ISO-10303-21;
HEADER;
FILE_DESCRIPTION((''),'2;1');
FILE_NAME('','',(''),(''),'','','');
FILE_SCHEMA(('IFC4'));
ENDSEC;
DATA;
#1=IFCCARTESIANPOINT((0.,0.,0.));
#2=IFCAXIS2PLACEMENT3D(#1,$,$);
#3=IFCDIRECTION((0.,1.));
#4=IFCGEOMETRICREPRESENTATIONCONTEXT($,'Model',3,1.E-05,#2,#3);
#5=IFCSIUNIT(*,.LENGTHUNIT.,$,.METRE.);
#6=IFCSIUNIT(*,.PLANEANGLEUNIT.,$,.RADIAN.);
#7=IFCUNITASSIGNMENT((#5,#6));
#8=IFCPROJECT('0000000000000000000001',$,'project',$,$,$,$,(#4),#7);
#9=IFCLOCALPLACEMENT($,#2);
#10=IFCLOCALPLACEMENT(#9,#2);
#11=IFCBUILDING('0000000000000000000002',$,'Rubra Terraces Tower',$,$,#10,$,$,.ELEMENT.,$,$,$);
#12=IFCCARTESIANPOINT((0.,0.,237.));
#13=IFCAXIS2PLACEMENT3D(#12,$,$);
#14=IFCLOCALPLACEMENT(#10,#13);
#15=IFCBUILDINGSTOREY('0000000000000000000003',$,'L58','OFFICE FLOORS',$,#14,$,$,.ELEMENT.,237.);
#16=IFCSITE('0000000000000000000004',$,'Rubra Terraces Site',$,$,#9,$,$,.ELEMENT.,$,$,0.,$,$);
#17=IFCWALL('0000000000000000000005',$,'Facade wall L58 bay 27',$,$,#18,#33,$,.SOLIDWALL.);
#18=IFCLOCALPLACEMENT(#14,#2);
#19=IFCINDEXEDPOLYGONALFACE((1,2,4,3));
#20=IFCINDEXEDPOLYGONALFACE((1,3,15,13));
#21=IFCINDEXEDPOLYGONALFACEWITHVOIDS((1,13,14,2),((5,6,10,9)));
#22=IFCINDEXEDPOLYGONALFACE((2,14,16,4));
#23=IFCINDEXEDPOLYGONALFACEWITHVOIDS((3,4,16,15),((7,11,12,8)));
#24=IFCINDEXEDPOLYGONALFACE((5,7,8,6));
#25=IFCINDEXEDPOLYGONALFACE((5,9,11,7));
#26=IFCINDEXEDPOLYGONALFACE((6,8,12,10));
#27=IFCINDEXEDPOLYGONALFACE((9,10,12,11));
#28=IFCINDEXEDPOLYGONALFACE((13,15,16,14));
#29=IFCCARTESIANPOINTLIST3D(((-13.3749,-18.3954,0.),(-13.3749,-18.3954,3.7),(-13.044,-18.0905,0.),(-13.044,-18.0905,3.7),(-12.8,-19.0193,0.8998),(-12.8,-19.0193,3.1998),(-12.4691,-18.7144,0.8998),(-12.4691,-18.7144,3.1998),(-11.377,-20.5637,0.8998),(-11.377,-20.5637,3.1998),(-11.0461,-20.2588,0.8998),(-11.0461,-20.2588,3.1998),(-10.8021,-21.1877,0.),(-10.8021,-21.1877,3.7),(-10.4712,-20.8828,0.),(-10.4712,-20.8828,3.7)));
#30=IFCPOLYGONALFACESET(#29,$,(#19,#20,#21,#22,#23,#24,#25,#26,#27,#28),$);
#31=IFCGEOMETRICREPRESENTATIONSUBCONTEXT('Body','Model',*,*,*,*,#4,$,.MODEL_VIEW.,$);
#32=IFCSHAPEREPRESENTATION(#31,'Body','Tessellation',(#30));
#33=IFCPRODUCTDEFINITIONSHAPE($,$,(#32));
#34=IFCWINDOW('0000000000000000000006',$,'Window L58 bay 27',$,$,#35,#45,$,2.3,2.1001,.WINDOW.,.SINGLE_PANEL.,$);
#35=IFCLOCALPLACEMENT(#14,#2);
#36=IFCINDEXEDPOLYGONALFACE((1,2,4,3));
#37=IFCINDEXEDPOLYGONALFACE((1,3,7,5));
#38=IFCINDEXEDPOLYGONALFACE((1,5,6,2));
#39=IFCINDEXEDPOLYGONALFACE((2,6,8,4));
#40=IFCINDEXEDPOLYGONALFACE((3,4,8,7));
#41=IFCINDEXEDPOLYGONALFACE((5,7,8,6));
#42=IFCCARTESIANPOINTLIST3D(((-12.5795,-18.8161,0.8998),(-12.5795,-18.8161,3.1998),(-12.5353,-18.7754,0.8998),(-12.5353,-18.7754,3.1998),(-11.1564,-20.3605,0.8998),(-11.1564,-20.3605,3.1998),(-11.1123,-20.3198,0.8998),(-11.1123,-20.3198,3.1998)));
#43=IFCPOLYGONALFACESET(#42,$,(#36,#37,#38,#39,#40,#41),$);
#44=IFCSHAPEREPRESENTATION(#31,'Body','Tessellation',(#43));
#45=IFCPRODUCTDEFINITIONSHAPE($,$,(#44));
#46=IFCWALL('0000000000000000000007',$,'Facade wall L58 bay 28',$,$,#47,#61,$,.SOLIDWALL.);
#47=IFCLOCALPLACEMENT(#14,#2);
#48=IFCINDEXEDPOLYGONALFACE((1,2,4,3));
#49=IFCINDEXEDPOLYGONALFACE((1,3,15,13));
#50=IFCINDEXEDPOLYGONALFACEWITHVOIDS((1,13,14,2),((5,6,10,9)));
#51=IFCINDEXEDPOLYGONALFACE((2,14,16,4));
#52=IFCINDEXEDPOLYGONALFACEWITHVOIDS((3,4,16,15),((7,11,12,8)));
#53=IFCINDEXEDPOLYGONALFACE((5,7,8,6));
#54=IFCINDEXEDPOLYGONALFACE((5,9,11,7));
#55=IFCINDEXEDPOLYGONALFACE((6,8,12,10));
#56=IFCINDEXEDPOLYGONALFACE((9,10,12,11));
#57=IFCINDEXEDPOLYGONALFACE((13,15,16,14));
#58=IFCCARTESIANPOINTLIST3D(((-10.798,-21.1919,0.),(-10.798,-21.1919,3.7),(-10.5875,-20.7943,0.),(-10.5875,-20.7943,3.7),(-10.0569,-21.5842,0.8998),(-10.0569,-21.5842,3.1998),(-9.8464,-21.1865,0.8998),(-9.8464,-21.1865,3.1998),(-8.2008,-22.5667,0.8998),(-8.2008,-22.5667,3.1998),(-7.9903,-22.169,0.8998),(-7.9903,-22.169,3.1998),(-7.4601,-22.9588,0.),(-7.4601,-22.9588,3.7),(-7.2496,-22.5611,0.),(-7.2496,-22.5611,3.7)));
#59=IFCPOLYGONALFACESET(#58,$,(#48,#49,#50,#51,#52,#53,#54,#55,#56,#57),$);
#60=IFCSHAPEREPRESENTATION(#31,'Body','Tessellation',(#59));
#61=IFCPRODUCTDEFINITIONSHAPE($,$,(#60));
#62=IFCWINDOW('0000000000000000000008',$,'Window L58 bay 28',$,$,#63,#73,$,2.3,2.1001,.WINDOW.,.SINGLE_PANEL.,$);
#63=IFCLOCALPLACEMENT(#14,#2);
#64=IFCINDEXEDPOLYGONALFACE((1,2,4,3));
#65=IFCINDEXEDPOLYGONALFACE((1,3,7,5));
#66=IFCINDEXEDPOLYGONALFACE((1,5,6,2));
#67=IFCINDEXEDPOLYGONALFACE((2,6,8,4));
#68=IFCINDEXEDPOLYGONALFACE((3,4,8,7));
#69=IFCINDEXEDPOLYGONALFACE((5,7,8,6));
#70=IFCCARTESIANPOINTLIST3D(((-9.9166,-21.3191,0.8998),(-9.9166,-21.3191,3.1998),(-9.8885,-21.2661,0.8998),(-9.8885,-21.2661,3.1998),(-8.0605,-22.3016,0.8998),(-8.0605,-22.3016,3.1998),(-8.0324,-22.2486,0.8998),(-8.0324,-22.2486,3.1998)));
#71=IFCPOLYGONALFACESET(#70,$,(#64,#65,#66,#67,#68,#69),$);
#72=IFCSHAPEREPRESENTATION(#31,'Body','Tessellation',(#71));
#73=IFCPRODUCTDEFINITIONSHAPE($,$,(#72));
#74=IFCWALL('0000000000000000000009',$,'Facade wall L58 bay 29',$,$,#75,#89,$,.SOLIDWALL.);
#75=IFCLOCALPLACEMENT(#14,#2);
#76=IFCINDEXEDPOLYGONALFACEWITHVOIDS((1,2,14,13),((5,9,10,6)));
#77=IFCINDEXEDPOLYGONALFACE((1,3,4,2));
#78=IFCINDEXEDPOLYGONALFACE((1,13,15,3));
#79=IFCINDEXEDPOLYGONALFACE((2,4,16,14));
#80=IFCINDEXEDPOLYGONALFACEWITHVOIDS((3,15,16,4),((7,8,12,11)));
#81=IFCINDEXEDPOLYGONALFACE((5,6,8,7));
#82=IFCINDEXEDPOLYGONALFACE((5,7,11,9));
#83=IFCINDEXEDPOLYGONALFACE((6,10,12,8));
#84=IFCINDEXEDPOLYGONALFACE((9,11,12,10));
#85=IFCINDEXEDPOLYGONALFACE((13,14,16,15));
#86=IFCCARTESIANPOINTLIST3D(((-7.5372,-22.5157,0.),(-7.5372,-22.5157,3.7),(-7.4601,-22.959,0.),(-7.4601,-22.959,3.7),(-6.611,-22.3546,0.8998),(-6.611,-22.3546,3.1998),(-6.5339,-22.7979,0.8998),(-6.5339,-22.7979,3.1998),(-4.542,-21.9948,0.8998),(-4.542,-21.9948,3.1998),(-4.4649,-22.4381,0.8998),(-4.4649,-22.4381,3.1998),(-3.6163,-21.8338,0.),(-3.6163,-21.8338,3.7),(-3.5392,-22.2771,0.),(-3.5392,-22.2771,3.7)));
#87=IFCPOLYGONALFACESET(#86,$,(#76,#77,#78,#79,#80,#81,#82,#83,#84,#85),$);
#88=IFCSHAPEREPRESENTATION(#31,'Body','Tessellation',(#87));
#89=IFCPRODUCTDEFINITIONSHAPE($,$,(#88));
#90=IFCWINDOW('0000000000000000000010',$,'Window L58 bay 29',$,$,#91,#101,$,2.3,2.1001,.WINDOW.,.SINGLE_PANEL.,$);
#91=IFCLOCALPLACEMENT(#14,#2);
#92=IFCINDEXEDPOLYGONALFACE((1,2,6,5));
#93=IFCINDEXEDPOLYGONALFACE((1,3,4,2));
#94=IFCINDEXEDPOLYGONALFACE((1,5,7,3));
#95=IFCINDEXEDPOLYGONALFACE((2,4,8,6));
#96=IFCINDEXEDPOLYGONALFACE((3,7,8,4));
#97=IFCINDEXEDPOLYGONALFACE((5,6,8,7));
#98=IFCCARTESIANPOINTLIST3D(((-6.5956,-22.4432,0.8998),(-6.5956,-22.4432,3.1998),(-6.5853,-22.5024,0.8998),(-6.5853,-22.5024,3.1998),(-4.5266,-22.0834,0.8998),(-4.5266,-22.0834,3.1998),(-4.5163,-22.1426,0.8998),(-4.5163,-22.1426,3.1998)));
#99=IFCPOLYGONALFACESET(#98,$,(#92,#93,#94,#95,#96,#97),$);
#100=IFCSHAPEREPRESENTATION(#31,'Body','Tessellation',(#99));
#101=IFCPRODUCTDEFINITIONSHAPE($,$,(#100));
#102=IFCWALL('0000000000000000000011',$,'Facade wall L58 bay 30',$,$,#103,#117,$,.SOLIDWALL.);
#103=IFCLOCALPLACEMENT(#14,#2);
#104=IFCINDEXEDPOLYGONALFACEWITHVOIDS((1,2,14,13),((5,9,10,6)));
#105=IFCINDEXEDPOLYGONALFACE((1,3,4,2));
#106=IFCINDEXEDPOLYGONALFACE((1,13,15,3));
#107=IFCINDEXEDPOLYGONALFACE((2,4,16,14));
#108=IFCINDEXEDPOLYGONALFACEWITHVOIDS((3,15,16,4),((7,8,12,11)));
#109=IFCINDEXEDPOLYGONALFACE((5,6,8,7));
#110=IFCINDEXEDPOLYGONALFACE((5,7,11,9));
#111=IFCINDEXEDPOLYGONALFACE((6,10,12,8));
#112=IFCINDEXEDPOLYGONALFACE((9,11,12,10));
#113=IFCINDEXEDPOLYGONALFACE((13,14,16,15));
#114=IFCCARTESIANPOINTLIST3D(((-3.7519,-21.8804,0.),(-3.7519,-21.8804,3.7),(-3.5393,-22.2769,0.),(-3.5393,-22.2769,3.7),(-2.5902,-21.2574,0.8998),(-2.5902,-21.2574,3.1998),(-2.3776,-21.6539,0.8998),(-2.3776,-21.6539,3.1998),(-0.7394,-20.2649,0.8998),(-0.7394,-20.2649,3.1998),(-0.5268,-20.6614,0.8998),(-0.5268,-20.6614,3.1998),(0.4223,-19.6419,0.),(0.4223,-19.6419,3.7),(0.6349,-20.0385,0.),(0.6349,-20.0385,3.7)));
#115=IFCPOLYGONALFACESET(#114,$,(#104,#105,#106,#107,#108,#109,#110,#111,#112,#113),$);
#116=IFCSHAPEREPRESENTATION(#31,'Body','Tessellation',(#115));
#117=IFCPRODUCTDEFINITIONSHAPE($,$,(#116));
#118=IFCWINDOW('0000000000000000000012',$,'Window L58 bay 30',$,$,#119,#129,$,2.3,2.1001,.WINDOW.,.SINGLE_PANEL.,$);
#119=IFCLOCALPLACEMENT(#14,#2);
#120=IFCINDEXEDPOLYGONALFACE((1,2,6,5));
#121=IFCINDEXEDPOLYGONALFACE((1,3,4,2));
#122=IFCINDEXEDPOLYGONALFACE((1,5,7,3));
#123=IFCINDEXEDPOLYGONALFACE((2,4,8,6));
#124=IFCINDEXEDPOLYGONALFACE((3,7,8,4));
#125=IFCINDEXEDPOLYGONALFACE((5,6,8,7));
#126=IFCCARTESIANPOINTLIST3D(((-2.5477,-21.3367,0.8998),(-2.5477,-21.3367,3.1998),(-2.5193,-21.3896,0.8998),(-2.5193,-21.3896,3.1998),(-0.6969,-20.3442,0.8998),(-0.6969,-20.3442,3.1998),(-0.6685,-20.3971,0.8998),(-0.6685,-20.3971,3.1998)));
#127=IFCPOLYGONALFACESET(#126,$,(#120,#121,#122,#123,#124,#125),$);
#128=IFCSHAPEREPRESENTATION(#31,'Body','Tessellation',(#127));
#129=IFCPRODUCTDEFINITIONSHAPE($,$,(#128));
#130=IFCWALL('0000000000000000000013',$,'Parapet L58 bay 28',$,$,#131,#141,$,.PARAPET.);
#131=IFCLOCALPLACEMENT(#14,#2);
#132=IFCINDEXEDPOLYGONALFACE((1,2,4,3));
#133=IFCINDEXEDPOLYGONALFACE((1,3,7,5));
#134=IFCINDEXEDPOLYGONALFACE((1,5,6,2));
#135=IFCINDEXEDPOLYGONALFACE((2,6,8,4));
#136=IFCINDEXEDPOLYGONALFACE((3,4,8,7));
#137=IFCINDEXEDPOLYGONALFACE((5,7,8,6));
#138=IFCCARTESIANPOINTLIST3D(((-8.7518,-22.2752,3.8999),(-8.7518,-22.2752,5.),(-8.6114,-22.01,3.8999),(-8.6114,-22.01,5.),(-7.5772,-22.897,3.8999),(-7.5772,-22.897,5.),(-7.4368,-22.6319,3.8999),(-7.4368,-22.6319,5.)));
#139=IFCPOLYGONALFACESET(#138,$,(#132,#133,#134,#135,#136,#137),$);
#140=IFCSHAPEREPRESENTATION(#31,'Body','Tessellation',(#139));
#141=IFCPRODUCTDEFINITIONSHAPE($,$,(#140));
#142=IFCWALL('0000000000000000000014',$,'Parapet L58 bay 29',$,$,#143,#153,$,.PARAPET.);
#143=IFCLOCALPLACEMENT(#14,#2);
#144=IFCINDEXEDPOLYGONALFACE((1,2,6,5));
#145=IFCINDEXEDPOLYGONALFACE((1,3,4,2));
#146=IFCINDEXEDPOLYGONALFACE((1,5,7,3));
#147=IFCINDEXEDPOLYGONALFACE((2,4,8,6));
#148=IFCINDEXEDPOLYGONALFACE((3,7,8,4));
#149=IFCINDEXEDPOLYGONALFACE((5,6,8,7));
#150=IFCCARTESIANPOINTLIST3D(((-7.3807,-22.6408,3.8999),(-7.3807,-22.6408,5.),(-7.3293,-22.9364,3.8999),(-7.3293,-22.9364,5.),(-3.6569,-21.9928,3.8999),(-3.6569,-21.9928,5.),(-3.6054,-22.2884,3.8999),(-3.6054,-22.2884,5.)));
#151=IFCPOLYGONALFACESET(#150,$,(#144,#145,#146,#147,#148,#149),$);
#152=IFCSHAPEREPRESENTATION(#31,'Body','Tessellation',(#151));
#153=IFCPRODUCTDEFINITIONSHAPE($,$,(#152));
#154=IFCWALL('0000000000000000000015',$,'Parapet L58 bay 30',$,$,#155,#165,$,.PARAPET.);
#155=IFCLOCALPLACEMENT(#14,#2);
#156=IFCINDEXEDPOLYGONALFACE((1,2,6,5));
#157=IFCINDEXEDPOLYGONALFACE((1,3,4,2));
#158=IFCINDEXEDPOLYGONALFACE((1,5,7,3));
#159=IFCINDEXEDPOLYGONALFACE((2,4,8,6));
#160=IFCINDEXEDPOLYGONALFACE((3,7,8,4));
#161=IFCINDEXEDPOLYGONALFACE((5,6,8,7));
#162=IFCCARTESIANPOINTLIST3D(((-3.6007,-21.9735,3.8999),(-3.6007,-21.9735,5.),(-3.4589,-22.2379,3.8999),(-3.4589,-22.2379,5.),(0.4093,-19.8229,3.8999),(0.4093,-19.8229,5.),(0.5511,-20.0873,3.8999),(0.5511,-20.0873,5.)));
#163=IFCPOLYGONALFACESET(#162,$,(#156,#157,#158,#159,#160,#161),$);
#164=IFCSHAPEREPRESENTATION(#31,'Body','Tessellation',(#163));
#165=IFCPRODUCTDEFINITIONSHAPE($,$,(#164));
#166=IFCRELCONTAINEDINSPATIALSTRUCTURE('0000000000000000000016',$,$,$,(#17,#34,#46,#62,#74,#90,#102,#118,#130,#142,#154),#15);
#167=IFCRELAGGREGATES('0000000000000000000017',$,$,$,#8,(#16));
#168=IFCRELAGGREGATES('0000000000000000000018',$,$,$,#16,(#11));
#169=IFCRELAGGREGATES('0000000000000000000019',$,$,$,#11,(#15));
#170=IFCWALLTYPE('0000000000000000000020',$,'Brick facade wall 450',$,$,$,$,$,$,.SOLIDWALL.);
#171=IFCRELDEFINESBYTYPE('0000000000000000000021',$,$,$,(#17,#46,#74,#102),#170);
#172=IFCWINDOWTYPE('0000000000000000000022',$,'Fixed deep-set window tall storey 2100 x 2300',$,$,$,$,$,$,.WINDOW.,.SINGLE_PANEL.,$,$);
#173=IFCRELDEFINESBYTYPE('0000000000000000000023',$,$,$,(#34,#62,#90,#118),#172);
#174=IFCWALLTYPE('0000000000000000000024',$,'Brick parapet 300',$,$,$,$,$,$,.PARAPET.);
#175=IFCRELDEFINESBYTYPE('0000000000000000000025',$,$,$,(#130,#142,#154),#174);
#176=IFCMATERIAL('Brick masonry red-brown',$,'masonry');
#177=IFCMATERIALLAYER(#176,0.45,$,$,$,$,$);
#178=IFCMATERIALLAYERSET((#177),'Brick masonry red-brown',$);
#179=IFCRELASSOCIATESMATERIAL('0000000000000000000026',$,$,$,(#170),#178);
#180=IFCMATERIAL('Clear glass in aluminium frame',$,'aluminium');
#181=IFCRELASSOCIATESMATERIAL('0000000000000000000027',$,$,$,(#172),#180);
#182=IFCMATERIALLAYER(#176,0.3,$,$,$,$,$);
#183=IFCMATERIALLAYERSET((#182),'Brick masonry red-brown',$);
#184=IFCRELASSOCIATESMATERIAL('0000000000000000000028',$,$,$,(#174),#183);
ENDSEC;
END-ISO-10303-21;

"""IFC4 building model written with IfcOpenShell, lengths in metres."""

from ifc_helpers import new_model, si_unit, direction, frame, frame_2d, origin, place, context, subcontext, project, spatial, rectangle, extrude, material, layer, layer_set, type_object, element, fill, save


model = new_model("IFC4")

# Units and contexts
model_context = context("Model", 3, precision=1e-05, world=origin(), true_north=direction((0.0, 1.0)))
body_context = subcontext(model_context, "Body", "Model", "MODEL_VIEW")
ifc_project = project(units=[si_unit("LENGTHUNIT", "METRE"), si_unit("PLANEANGLEUNIT", "RADIAN")], contexts=[model_context])

# Site, building, storey
site_placement = place(None, origin())
site = spatial("IfcSite", under=ifc_project, at=site_placement, Name="Rubra Terraces Site", CompositionType="ELEMENT", RefElevation=0.0)
building_placement = place(site_placement, origin())
building = spatial("IfcBuilding", under=site, at=building_placement, Name="Rubra Terraces Tower", CompositionType="ELEMENT")
storey_placement = place(building_placement, frame((0.0, 0.0, 237.0)))
storey = spatial("IfcBuildingStorey", under=building, at=storey_placement, Name="L58", Description="OFFICE FLOORS", CompositionType="ELEMENT", Elevation=237.0)

# Walls, openings, windows
ifc_material_1 = material(Name="Brick masonry red-brown", Category="masonry")
ifc_layer_1 = layer(ifc_material_1, 0.45)
ifc_layer_set_1 = layer_set([ifc_layer_1], Name="Brick masonry red-brown")
wall_type_1 = type_object("IfcWallType", Name="Brick facade wall 450", PredefinedType="SOLIDWALL", material=ifc_layer_set_1)
wall_1_placement = place(storey_placement, frame((-13.2095, -18.2429, 0.0), z_axis=(0.0, 0.0, 1.0), x_axis=(0.677612, -0.735419, 0.0)))
wall_1 = element("IfcWall", 1, at=wall_1_placement, inside=storey, type_object=wall_type_1, Name="Facade wall L58 bay 27", PredefinedType="SOLIDWALL", context=body_context, shape_type="SweptSolid", body=[
    extrude(rectangle(XDim=3.7969, YDim=0.45, at=frame_2d((1.8984, 0.0))), origin(), (0.0, 0.0, 1.0), 3.7),
])
opening_1_placement = place(wall_1_placement, frame((0.8484, 0.0, 0.8999)))
opening_1 = element("IfcOpeningElement", 2, at=opening_1_placement, cuts=wall_1, PredefinedType="OPENING", context=body_context, shape_type="SweptSolid", body=[
    extrude(rectangle(XDim=2.1001, YDim=2.3, at=frame_2d((1.05, 1.1499))), frame((0.0, 0.2349, 0.0), z_axis=(0.0, -1.0, 0.0), x_axis=(1.0, 0.0, 0.0)), (0.0, 0.0, 1.0), 0.47),
])
ifc_material_2 = material(Name="Clear glass in aluminium frame", Category="aluminium")
window_type = type_object("IfcWindowType", Name="Fixed deep-set window tall storey 2100 x 2300", PartitioningType="SINGLE_PANEL", PredefinedType="WINDOW", material=ifc_material_2)
window_1_placement = place(opening_1_placement, origin())
window_1 = element("IfcWindow", 3, at=window_1_placement, inside=storey, type_object=window_type, Name="Window L58 bay 27", OverallHeight=2.3, OverallWidth=2.1001, PartitioningType="SINGLE_PANEL", PredefinedType="WINDOW", context=body_context, shape_type="SweptSolid", body=[
    extrude(rectangle(XDim=2.1001, YDim=2.3, at=frame_2d((1.05, 1.1499))), frame((0.0, 0.135, 0.0), z_axis=(0.0, -1.0, 0.0), x_axis=(1.0, 0.0, 0.0)), (0.0, 0.0, 1.0), 0.0601),
])
fill(opening_1, window_1)
wall_2_placement = place(storey_placement, frame((-10.6926, -20.9932, 0.0), z_axis=(0.0, 0.0, 1.0), x_axis=(0.883818, -0.467831, 0.0)))
wall_2 = element("IfcWall", 4, at=wall_2_placement, inside=storey, type_object=wall_type_1, Name="Facade wall L58 bay 28", PredefinedType="SOLIDWALL", context=body_context, shape_type="SweptSolid", body=[
    extrude(rectangle(XDim=3.7766, YDim=0.45, at=frame_2d((1.8882, 0.0))), origin(), (0.0, 0.0, 1.0), 3.7),
])
opening_2_placement = place(wall_2_placement, frame((0.8384, 0.0, 0.8999)))
opening_2 = element("IfcOpeningElement", 5, at=opening_2_placement, cuts=wall_2, PredefinedType="OPENING", context=body_context, shape_type="SweptSolid", body=[
    extrude(rectangle(XDim=2.1001, YDim=2.3, at=frame_2d((1.05, 1.1499))), frame((0.0, 0.2349, 0.0), z_axis=(0.0, -1.0, 0.0), x_axis=(1.0, 0.0, 0.0)), (0.0, 0.0, 1.0), 0.47),
])
window_2_placement = place(opening_2_placement, origin())
window_2 = element("IfcWindow", 6, at=window_2_placement, inside=storey, type_object=window_type, Name="Window L58 bay 28", OverallHeight=2.3, OverallWidth=2.1001, PartitioningType="SINGLE_PANEL", PredefinedType="WINDOW", context=body_context, shape_type="SweptSolid", body=[
    extrude(rectangle(XDim=2.1001, YDim=2.3, at=frame_2d((1.05, 1.1499))), frame((0.0, 0.135, 0.0), z_axis=(0.0, -1.0, 0.0), x_axis=(1.0, 0.0, 0.0)), (0.0, 0.0, 1.0), 0.0601),
])
fill(opening_2, window_2)
wall_3_placement = place(storey_placement, frame((-7.4985, -22.7373, 0.0), z_axis=(0.0, 0.0, 1.0), x_axis=(0.985212, 0.171339, 0.0)))
wall_3 = element("IfcWall", 7, at=wall_3_placement, inside=storey, type_object=wall_type_1, Name="Facade wall L58 bay 29", PredefinedType="SOLIDWALL", context=body_context, shape_type="SweptSolid", body=[
    extrude(rectangle(XDim=3.9797, YDim=0.45, at=frame_2d((1.9897, 0.0))), origin(), (0.0, 0.0, 1.0), 3.7),
])
opening_3_placement = place(wall_3_placement, frame((0.9399, 0.0, 0.8999)))
opening_3 = element("IfcOpeningElement", 8, at=opening_3_placement, cuts=wall_3, PredefinedType="OPENING", context=body_context, shape_type="SweptSolid", body=[
    extrude(rectangle(XDim=2.1001, YDim=2.3, at=frame_2d((1.05, 1.1499))), frame((0.0, 0.2349, 0.0), z_axis=(0.0, -1.0, 0.0), x_axis=(1.0, 0.0, 0.0)), (0.0, 0.0, 1.0), 0.47),
])
window_3_placement = place(opening_3_placement, origin())
window_3 = element("IfcWindow", 9, at=window_3_placement, inside=storey, type_object=window_type, Name="Window L58 bay 29", OverallHeight=2.3, OverallWidth=2.1001, PartitioningType="SINGLE_PANEL", PredefinedType="WINDOW", context=body_context, shape_type="SweptSolid", body=[
    extrude(rectangle(XDim=2.1001, YDim=2.3, at=frame_2d((1.05, 1.1499))), frame((0.0, 0.135, 0.0), z_axis=(0.0, -1.0, 0.0), x_axis=(1.0, 0.0, 0.0)), (0.0, 0.0, 1.0), 0.0601),
])
fill(opening_3, window_3)
wall_4_placement = place(storey_placement, frame((-3.6455, -22.0786, 0.0), z_axis=(0.0, 0.0, 1.0), x_axis=(0.881279, 0.472596, 0.0)))
wall_4 = element("IfcWall", 10, at=wall_4_placement, inside=storey, type_object=wall_type_1, Name="Facade wall L58 bay 30", PredefinedType="SOLIDWALL", context=body_context, shape_type="SweptSolid", body=[
    extrude(rectangle(XDim=4.7366, YDim=0.45, at=frame_2d((2.3682, 0.0))), origin(), (0.0, 0.0, 1.0), 3.7),
])
opening_4_placement = place(wall_4_placement, frame((1.3181, 0.0, 0.8999)))
opening_4 = element("IfcOpeningElement", 11, at=opening_4_placement, cuts=wall_4, PredefinedType="OPENING", context=body_context, shape_type="SweptSolid", body=[
    extrude(rectangle(XDim=2.1001, YDim=2.3, at=frame_2d((1.05, 1.1499))), frame((0.0, 0.2349, 0.0), z_axis=(0.0, -1.0, 0.0), x_axis=(1.0, 0.0, 0.0)), (0.0, 0.0, 1.0), 0.47),
])
window_4_placement = place(opening_4_placement, origin())
window_4 = element("IfcWindow", 12, at=window_4_placement, inside=storey, type_object=window_type, Name="Window L58 bay 30", OverallHeight=2.3, OverallWidth=2.1001, PartitioningType="SINGLE_PANEL", PredefinedType="WINDOW", context=body_context, shape_type="SweptSolid", body=[
    extrude(rectangle(XDim=2.1001, YDim=2.3, at=frame_2d((1.05, 1.1499))), frame((0.0, 0.135, 0.0), z_axis=(0.0, -1.0, 0.0), x_axis=(1.0, 0.0, 0.0)), (0.0, 0.0, 1.0), 0.0601),
])
fill(opening_4, window_4)

# Walls
ifc_layer_2 = layer(ifc_material_1, 0.3)
ifc_layer_set_2 = layer_set([ifc_layer_2], Name="Brick masonry red-brown")
wall_type_2 = type_object("IfcWallType", Name="Brick parapet 300", PredefinedType="PARAPET", material=ifc_layer_set_2)
wall_5_placement = place(storey_placement, frame((-8.6816, -22.1426, 3.8999), z_axis=(0.0, 0.0, 1.0), x_axis=(0.883788, -0.467888, 0.0)))
element("IfcWall", 13, at=wall_5_placement, inside=storey, type_object=wall_type_2, Name="Parapet L58 bay 28", PredefinedType="PARAPET", context=body_context, shape_type="SweptSolid", body=[
    extrude(rectangle(XDim=1.3291, YDim=0.3, at=frame_2d((0.6646, 0.0))), origin(), (0.0, 0.0, 1.0), 1.1001),
])
wall_6_placement = place(storey_placement, frame((-7.355, -22.7886, 3.8999), z_axis=(0.0, 0.0, 1.0), x_axis=(0.985198, 0.171423, 0.0)))
element("IfcWall", 14, at=wall_6_placement, inside=storey, type_object=wall_type_2, Name="Parapet L58 bay 29", PredefinedType="PARAPET", context=body_context, shape_type="SweptSolid", body=[
    extrude(rectangle(XDim=3.7798, YDim=0.3, at=frame_2d((1.8899, 0.0))), origin(), (0.0, 0.0, 1.0), 1.1001),
])
wall_7_placement = place(storey_placement, frame((-3.5298, -22.1057, 3.8999), z_axis=(0.0, 0.0, 1.0), x_axis=(0.881259, 0.472634, 0.0)))
element("IfcWall", 15, at=wall_7_placement, inside=storey, type_object=wall_type_2, Name="Parapet L58 bay 30", PredefinedType="PARAPET", context=body_context, shape_type="SweptSolid", body=[
    extrude(rectangle(XDim=4.5503, YDim=0.3, at=frame_2d((2.2751, 0.0))), origin(), (0.0, 0.0, 1.0), 1.1001),
])

save(model, "model.ifc")
